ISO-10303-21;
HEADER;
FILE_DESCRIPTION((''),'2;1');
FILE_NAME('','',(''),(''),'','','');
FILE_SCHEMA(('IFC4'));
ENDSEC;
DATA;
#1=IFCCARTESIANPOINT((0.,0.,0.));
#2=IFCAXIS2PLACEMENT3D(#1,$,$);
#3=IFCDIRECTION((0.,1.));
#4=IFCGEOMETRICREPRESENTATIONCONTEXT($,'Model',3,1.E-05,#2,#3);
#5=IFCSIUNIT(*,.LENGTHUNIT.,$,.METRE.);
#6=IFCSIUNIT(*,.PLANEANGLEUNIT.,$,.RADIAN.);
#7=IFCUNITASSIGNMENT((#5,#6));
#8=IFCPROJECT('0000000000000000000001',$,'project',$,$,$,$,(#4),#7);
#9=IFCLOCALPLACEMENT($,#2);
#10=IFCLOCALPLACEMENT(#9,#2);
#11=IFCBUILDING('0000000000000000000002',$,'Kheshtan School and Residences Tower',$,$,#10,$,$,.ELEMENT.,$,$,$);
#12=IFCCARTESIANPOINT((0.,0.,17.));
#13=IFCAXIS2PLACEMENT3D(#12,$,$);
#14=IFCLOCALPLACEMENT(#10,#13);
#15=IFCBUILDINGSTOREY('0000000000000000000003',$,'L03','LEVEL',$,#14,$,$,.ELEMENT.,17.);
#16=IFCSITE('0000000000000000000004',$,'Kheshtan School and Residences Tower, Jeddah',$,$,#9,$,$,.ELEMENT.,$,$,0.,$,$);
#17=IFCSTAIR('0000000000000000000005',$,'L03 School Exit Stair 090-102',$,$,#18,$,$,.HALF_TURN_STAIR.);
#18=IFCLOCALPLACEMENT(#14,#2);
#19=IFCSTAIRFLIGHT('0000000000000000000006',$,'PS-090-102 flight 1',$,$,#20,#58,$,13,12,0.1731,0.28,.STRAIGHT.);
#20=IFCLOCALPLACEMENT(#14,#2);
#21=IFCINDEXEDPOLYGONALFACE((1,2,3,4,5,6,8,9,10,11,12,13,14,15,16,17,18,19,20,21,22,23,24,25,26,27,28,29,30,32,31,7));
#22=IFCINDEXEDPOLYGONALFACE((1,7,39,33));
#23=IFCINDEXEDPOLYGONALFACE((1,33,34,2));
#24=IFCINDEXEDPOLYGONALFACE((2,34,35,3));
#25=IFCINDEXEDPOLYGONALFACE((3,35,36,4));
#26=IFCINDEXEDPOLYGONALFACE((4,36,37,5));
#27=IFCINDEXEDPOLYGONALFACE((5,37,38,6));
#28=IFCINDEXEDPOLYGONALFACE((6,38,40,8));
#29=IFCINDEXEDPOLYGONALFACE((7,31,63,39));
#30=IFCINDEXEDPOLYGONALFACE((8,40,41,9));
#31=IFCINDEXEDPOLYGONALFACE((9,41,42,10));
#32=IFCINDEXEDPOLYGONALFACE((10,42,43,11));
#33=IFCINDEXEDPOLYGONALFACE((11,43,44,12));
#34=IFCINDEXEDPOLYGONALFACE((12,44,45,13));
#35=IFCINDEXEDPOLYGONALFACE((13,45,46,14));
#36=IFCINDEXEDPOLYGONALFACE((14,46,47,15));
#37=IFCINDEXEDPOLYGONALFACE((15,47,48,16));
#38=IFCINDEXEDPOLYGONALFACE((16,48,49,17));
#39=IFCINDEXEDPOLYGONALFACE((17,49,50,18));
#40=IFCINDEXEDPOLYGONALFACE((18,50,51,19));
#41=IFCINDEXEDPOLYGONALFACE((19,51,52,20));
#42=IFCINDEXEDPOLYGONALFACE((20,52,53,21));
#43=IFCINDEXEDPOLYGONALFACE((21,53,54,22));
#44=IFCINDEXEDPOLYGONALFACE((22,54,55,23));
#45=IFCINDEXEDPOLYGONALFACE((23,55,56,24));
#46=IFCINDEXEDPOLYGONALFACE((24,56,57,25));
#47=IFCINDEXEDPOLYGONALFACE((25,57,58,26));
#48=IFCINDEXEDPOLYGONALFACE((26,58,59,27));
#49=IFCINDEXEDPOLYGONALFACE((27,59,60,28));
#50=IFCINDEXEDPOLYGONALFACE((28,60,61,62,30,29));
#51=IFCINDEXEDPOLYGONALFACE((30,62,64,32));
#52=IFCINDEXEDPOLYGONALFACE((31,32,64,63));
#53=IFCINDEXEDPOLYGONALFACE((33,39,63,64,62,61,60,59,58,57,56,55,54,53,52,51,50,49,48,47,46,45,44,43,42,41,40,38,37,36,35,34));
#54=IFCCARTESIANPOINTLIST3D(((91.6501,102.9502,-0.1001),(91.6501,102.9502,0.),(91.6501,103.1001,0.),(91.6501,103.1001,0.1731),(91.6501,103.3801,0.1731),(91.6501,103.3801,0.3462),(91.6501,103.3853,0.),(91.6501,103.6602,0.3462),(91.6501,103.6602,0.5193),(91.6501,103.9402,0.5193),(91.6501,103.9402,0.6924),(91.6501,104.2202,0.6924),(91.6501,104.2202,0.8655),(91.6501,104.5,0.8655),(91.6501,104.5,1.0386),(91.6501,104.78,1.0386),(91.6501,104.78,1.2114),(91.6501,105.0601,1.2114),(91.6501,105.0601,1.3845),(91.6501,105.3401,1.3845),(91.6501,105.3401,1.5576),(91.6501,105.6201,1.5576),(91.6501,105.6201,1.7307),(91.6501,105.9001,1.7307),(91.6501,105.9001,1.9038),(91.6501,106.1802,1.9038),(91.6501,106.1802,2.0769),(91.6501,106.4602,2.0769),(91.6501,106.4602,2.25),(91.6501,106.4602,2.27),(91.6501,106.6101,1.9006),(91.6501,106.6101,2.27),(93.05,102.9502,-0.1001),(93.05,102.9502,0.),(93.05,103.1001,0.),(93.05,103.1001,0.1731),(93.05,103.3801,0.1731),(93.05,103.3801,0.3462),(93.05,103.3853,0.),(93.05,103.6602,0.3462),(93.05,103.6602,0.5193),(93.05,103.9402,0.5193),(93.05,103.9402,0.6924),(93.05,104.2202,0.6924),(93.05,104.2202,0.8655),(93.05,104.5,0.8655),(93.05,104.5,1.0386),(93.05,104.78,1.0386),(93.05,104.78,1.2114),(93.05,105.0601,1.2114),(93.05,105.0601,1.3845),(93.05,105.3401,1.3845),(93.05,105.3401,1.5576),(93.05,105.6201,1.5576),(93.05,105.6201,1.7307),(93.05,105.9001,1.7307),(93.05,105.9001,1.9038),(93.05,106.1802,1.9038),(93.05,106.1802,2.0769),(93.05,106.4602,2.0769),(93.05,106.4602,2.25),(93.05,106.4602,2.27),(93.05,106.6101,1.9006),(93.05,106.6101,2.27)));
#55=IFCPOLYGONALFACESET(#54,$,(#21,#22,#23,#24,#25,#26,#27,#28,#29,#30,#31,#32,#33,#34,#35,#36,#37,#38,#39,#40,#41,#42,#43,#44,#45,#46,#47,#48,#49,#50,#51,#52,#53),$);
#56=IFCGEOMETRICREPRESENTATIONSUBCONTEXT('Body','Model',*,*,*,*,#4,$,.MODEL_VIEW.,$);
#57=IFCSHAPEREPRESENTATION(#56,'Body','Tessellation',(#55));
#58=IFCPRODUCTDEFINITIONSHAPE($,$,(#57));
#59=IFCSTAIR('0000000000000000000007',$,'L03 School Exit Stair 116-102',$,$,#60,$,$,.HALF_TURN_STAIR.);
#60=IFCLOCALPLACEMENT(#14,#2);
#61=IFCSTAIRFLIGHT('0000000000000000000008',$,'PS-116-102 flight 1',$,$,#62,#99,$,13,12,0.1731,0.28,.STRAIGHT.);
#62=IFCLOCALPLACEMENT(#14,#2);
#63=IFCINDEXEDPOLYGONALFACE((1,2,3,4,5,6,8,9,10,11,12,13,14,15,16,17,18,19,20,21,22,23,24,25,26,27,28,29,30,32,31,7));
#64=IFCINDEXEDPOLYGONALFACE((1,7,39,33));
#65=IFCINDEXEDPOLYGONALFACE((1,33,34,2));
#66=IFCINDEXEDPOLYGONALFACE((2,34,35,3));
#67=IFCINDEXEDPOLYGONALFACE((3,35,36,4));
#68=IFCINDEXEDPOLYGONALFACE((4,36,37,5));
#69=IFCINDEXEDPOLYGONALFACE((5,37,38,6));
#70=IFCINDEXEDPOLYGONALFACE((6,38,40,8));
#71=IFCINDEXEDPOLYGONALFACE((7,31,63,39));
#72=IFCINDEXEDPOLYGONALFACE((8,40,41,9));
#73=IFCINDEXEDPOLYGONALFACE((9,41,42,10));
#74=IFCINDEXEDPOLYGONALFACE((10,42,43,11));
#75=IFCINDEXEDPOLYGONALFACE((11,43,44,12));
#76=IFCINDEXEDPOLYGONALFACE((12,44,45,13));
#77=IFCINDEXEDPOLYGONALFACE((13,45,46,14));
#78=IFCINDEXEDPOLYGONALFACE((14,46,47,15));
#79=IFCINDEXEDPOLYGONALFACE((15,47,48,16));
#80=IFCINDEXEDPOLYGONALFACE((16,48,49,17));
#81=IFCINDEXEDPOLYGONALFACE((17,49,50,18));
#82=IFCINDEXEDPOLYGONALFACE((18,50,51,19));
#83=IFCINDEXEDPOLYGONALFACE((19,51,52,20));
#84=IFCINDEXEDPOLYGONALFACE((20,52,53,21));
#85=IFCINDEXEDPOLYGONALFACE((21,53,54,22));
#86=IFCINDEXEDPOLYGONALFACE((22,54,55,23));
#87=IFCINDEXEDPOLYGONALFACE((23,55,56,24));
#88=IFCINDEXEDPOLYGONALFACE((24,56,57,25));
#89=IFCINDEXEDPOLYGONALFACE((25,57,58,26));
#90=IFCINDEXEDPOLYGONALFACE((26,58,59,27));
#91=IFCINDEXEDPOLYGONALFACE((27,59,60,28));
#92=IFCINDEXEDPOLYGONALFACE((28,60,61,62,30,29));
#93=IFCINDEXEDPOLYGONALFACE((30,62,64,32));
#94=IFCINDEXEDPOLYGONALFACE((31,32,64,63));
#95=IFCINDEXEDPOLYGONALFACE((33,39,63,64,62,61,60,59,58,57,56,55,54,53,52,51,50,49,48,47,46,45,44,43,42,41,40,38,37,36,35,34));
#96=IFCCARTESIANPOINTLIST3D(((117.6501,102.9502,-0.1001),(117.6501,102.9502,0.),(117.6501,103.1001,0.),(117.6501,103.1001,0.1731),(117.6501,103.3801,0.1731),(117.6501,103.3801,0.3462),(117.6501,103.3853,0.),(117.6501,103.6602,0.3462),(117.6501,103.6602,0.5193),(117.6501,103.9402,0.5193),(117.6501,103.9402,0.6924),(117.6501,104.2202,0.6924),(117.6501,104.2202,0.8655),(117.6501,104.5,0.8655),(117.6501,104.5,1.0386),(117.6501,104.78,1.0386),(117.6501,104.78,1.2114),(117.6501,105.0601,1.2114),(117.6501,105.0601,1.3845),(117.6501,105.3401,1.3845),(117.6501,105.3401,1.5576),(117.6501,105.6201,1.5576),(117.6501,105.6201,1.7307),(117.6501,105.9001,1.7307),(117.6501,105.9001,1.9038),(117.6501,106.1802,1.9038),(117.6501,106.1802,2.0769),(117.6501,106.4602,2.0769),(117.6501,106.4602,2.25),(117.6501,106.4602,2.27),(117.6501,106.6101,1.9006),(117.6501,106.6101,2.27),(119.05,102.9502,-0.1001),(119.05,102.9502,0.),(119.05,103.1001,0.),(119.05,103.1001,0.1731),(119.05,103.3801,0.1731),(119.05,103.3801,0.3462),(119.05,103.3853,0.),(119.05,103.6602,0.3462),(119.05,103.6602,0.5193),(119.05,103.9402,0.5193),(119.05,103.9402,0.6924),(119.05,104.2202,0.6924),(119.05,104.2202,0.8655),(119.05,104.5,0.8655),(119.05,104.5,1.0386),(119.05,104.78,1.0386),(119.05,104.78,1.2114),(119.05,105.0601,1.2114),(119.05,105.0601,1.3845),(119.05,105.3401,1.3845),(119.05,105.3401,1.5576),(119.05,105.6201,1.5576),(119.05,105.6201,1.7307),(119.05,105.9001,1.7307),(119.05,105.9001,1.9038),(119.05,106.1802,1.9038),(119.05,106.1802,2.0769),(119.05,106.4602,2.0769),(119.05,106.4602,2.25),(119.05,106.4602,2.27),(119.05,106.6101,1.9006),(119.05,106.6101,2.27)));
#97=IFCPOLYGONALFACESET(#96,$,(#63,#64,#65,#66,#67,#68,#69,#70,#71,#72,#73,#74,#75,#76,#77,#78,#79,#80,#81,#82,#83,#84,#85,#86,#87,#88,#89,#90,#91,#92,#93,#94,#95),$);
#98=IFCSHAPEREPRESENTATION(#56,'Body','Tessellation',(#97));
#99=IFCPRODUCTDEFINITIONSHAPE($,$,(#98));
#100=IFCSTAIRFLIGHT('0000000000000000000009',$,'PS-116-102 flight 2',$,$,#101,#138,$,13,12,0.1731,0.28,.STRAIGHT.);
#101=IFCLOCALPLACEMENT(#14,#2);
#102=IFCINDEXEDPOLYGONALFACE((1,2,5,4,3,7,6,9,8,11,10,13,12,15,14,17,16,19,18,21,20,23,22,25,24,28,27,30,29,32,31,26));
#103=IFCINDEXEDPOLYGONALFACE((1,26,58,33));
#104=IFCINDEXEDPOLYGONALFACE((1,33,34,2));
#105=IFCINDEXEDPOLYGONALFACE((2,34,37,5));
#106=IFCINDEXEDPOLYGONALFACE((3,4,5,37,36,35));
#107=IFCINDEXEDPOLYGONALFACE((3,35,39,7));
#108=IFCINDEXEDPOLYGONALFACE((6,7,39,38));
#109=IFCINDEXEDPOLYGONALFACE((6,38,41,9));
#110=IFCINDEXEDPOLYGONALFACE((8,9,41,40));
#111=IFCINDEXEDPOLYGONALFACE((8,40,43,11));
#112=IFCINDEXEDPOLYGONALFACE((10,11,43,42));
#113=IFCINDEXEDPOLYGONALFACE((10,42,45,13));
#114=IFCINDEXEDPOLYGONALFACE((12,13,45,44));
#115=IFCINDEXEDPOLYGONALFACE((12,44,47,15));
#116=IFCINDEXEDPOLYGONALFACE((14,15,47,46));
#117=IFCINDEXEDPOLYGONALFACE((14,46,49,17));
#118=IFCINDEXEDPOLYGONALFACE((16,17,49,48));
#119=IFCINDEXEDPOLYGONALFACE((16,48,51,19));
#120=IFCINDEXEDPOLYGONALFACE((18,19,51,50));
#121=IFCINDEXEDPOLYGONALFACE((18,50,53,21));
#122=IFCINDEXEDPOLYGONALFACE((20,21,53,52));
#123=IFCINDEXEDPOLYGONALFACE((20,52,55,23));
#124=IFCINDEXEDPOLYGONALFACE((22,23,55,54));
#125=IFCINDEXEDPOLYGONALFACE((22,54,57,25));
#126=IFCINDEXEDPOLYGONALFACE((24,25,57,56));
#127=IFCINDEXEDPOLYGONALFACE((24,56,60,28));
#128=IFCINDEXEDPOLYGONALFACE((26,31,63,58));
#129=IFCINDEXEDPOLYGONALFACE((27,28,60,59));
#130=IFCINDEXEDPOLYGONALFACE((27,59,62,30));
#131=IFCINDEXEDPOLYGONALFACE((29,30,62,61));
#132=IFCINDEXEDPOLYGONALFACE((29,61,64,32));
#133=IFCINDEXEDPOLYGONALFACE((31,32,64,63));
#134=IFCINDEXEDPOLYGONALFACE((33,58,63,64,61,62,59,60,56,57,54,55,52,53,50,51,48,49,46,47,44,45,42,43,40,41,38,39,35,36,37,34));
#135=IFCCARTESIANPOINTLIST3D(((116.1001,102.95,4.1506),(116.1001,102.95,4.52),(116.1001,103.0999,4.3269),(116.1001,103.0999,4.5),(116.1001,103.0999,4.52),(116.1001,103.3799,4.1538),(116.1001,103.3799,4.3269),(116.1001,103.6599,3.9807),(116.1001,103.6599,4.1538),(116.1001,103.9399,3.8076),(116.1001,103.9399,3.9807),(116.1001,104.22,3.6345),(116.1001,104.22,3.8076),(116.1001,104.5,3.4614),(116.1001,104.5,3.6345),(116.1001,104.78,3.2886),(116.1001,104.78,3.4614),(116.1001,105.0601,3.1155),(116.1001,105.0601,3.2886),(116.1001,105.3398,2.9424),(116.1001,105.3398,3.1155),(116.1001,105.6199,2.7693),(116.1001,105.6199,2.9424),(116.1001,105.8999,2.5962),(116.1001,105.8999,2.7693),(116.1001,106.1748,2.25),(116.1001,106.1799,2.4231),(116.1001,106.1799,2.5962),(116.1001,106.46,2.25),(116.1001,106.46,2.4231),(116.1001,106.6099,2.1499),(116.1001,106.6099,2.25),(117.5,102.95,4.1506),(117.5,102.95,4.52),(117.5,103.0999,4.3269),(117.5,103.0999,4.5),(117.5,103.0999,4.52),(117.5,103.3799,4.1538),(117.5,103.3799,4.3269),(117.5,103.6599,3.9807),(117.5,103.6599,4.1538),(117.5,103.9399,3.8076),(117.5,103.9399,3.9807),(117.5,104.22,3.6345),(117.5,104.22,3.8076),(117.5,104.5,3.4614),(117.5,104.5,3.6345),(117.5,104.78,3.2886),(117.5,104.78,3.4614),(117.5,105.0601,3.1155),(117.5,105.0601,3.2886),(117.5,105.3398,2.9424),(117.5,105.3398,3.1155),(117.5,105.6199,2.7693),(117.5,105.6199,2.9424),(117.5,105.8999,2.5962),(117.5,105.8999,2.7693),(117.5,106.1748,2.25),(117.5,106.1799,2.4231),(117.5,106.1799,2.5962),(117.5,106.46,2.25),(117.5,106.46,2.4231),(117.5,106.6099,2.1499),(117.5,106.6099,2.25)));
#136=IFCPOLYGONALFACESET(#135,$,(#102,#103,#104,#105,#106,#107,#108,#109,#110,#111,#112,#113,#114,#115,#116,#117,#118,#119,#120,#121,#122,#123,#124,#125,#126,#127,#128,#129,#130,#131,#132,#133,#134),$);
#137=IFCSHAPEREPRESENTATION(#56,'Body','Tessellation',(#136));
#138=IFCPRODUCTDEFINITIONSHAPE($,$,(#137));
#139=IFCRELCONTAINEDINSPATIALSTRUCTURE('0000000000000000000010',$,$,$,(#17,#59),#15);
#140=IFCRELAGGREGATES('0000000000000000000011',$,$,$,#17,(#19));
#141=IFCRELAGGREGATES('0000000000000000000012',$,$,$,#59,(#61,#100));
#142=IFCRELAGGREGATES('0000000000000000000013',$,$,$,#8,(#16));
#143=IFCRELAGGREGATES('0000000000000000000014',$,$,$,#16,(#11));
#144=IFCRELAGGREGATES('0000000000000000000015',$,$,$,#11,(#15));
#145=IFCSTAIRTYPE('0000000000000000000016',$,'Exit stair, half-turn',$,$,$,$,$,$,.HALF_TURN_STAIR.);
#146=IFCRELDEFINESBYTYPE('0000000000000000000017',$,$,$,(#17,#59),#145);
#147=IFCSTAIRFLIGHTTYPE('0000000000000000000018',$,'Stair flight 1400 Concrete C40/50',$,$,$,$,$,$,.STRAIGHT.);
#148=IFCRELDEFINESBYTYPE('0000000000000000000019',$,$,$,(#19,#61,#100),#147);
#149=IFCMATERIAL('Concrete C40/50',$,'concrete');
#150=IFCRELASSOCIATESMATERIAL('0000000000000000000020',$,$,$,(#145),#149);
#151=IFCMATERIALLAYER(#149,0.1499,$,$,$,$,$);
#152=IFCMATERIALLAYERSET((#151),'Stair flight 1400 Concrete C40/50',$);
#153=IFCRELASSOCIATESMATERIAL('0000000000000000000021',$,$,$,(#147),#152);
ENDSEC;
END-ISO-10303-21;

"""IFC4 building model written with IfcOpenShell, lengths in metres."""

from ifc_helpers import new_model, si_unit, direction, frame, origin, place, context, subcontext, project, spatial, polyline, outline, extrude, material, layer, layer_set, type_object, element, aggregate, save


model = new_model("IFC4")

# Units and contexts
model_context = context("Model", 3, precision=1e-05, world=origin(), true_north=direction((0.0, 1.0)))
body_context = subcontext(model_context, "Body", "Model", "MODEL_VIEW")
ifc_project = project(units=[si_unit("LENGTHUNIT", "METRE"), si_unit("PLANEANGLEUNIT", "RADIAN")], contexts=[model_context])

# Site, building, storey
site_placement = place(None, origin())
site = spatial("IfcSite", under=ifc_project, at=site_placement, Name="Kheshtan School and Residences Tower, Jeddah", CompositionType="ELEMENT", RefElevation=0.0)
building_placement = place(site_placement, origin())
building = spatial("IfcBuilding", under=site, at=building_placement, Name="Kheshtan School and Residences Tower", CompositionType="ELEMENT")
storey_placement = place(building_placement, frame((0.0, 0.0, 17.0)))
storey = spatial("IfcBuildingStorey", under=building, at=storey_placement, Name="L03", Description="LEVEL", CompositionType="ELEMENT", Elevation=17.0)

# Shared definitions
ifc_material_1 = material(Name="Concrete C40/50", Category="concrete")

# Stair, stair flight
stair_type = type_object("IfcStairType", Name="Exit stair, half-turn", PredefinedType="HALF_TURN_STAIR", material=ifc_material_1)
stair_1_placement = place(storey_placement, origin())
stair_1 = element("IfcStair", 1, at=stair_1_placement, inside=storey, type_object=stair_type, Name="L03 School Exit Stair 090-102", PredefinedType="HALF_TURN_STAIR")
ifc_layer_1 = layer(ifc_material_1, 0.1499)
ifc_layer_set_1 = layer_set([ifc_layer_1], Name="Stair flight 1400 Concrete C40/50")
stair_flight_type = type_object("IfcStairFlightType", Name="Stair flight 1400 Concrete C40/50", PredefinedType="STRAIGHT", material=ifc_layer_set_1)
stair_flight_1_placement = place(storey_placement, frame((92.3501, 103.1001, 0.0), z_axis=(0.0, 0.0, 1.0), x_axis=(0.0, 1.0, 0.0)))
stair_flight_1 = element("IfcStairFlight", 2, at=stair_flight_1_placement, type_object=stair_flight_type, Name="PS-090-102 flight 1", NumberOfRisers=13, NumberOfTreads=12, PredefinedType="STRAIGHT", RiserHeight=0.1731, TreadLength=0.28, context=body_context, shape_type="SweptSolid", body=[
    extrude(outline(polyline([(-0.1499, -0.1001), (-0.1499, 0.0), (0.0, 0.0), (0.0, 0.1731), (0.28, 0.1731), (0.28, 0.3462), (0.5601, 0.3462), (0.5601, 0.5193), (0.8401, 0.5193), (0.8401, 0.6924), (1.1201, 0.6924), (1.1201, 0.8655), (1.3999, 0.8655), (1.3999, 1.0386), (1.6799, 1.0386), (1.6799, 1.2114), (1.96, 1.2114), (1.96, 1.3845), (2.24, 1.3845), (2.24, 1.5576), (2.52, 1.5576), (2.52, 1.7307), (2.8, 1.7307), (2.8, 1.9038), (3.0801, 1.9038), (3.0801, 2.0769), (3.3601, 2.0769), (3.3601, 2.25), (3.3601, 2.27), (3.51, 2.27), (3.51, 1.9006), (0.2852, 0.0), (-0.1499, -0.1001)])), frame((0.0, 0.7, 0.0), z_axis=(0.0, -1.0, 0.0), x_axis=(1.0, 0.0, 0.0)), (0.0, 0.0, 1.0), 1.3999),
])
aggregate(stair_1, [stair_flight_1])

# Stair, stair flights
stair_2_placement = place(storey_placement, origin())
stair_2 = element("IfcStair", 3, at=stair_2_placement, inside=storey, type_object=stair_type, Name="L03 School Exit Stair 116-102", PredefinedType="HALF_TURN_STAIR")
stair_flight_2_placement = place(storey_placement, frame((118.3501, 103.1001, 0.0), z_axis=(0.0, 0.0, 1.0), x_axis=(0.0, 1.0, 0.0)))
stair_flight_2 = element("IfcStairFlight", 4, at=stair_flight_2_placement, type_object=stair_flight_type, Name="PS-116-102 flight 1", NumberOfRisers=13, NumberOfTreads=12, PredefinedType="STRAIGHT", RiserHeight=0.1731, TreadLength=0.28, context=body_context, shape_type="SweptSolid", body=[
    extrude(outline(polyline([(-0.1499, -0.1001), (-0.1499, 0.0), (0.0, 0.0), (0.0, 0.1731), (0.28, 0.1731), (0.28, 0.3462), (0.5601, 0.3462), (0.5601, 0.5193), (0.8401, 0.5193), (0.8401, 0.6924), (1.1201, 0.6924), (1.1201, 0.8655), (1.3999, 0.8655), (1.3999, 1.0386), (1.6799, 1.0386), (1.6799, 1.2114), (1.96, 1.2114), (1.96, 1.3845), (2.24, 1.3845), (2.24, 1.5576), (2.52, 1.5576), (2.52, 1.7307), (2.8, 1.7307), (2.8, 1.9038), (3.0801, 1.9038), (3.0801, 2.0769), (3.3601, 2.0769), (3.3601, 2.25), (3.3601, 2.27), (3.51, 2.27), (3.51, 1.9006), (0.2852, 0.0), (-0.1499, -0.1001)])), frame((0.0, 0.7, 0.0), z_axis=(0.0, -1.0, 0.0), x_axis=(1.0, 0.0, 0.0)), (0.0, 0.0, 1.0), 1.3999),
])
stair_flight_3_placement = place(storey_placement, frame((116.8, 106.46, 2.25), z_axis=(0.0, 0.0, 1.0), x_axis=(0.0, -1.0, 0.0)))
stair_flight_3 = element("IfcStairFlight", 5, at=stair_flight_3_placement, type_object=stair_flight_type, Name="PS-116-102 flight 2", NumberOfRisers=13, NumberOfTreads=12, PredefinedType="STRAIGHT", RiserHeight=0.1731, TreadLength=0.28, context=body_context, shape_type="SweptSolid", body=[
    extrude(outline(polyline([(-0.1499, -0.1001), (-0.1499, 0.0), (0.0, 0.0), (0.0, 0.1731), (0.28, 0.1731), (0.28, 0.3462), (0.5601, 0.3462), (0.5601, 0.5193), (0.8401, 0.5193), (0.8401, 0.6924), (1.1201, 0.6924), (1.1201, 0.8655), (1.3999, 0.8655), (1.3999, 1.0386), (1.6799, 1.0386), (1.6799, 1.2114), (1.96, 1.2114), (1.96, 1.3845), (2.24, 1.3845), (2.24, 1.5576), (2.52, 1.5576), (2.52, 1.7307), (2.8, 1.7307), (2.8, 1.9038), (3.0801, 1.9038), (3.0801, 2.0769), (3.3601, 2.0769), (3.3601, 2.25), (3.3601, 2.27), (3.51, 2.27), (3.51, 1.9006), (0.2852, 0.0), (-0.1499, -0.1001)])), frame((0.0, 0.7, 0.0), z_axis=(0.0, -1.0, 0.0), x_axis=(1.0, 0.0, 0.0)), (0.0, 0.0, 1.0), 1.3999),
])
aggregate(stair_2, [stair_flight_2, stair_flight_3])

save(model, "model.ifc")
